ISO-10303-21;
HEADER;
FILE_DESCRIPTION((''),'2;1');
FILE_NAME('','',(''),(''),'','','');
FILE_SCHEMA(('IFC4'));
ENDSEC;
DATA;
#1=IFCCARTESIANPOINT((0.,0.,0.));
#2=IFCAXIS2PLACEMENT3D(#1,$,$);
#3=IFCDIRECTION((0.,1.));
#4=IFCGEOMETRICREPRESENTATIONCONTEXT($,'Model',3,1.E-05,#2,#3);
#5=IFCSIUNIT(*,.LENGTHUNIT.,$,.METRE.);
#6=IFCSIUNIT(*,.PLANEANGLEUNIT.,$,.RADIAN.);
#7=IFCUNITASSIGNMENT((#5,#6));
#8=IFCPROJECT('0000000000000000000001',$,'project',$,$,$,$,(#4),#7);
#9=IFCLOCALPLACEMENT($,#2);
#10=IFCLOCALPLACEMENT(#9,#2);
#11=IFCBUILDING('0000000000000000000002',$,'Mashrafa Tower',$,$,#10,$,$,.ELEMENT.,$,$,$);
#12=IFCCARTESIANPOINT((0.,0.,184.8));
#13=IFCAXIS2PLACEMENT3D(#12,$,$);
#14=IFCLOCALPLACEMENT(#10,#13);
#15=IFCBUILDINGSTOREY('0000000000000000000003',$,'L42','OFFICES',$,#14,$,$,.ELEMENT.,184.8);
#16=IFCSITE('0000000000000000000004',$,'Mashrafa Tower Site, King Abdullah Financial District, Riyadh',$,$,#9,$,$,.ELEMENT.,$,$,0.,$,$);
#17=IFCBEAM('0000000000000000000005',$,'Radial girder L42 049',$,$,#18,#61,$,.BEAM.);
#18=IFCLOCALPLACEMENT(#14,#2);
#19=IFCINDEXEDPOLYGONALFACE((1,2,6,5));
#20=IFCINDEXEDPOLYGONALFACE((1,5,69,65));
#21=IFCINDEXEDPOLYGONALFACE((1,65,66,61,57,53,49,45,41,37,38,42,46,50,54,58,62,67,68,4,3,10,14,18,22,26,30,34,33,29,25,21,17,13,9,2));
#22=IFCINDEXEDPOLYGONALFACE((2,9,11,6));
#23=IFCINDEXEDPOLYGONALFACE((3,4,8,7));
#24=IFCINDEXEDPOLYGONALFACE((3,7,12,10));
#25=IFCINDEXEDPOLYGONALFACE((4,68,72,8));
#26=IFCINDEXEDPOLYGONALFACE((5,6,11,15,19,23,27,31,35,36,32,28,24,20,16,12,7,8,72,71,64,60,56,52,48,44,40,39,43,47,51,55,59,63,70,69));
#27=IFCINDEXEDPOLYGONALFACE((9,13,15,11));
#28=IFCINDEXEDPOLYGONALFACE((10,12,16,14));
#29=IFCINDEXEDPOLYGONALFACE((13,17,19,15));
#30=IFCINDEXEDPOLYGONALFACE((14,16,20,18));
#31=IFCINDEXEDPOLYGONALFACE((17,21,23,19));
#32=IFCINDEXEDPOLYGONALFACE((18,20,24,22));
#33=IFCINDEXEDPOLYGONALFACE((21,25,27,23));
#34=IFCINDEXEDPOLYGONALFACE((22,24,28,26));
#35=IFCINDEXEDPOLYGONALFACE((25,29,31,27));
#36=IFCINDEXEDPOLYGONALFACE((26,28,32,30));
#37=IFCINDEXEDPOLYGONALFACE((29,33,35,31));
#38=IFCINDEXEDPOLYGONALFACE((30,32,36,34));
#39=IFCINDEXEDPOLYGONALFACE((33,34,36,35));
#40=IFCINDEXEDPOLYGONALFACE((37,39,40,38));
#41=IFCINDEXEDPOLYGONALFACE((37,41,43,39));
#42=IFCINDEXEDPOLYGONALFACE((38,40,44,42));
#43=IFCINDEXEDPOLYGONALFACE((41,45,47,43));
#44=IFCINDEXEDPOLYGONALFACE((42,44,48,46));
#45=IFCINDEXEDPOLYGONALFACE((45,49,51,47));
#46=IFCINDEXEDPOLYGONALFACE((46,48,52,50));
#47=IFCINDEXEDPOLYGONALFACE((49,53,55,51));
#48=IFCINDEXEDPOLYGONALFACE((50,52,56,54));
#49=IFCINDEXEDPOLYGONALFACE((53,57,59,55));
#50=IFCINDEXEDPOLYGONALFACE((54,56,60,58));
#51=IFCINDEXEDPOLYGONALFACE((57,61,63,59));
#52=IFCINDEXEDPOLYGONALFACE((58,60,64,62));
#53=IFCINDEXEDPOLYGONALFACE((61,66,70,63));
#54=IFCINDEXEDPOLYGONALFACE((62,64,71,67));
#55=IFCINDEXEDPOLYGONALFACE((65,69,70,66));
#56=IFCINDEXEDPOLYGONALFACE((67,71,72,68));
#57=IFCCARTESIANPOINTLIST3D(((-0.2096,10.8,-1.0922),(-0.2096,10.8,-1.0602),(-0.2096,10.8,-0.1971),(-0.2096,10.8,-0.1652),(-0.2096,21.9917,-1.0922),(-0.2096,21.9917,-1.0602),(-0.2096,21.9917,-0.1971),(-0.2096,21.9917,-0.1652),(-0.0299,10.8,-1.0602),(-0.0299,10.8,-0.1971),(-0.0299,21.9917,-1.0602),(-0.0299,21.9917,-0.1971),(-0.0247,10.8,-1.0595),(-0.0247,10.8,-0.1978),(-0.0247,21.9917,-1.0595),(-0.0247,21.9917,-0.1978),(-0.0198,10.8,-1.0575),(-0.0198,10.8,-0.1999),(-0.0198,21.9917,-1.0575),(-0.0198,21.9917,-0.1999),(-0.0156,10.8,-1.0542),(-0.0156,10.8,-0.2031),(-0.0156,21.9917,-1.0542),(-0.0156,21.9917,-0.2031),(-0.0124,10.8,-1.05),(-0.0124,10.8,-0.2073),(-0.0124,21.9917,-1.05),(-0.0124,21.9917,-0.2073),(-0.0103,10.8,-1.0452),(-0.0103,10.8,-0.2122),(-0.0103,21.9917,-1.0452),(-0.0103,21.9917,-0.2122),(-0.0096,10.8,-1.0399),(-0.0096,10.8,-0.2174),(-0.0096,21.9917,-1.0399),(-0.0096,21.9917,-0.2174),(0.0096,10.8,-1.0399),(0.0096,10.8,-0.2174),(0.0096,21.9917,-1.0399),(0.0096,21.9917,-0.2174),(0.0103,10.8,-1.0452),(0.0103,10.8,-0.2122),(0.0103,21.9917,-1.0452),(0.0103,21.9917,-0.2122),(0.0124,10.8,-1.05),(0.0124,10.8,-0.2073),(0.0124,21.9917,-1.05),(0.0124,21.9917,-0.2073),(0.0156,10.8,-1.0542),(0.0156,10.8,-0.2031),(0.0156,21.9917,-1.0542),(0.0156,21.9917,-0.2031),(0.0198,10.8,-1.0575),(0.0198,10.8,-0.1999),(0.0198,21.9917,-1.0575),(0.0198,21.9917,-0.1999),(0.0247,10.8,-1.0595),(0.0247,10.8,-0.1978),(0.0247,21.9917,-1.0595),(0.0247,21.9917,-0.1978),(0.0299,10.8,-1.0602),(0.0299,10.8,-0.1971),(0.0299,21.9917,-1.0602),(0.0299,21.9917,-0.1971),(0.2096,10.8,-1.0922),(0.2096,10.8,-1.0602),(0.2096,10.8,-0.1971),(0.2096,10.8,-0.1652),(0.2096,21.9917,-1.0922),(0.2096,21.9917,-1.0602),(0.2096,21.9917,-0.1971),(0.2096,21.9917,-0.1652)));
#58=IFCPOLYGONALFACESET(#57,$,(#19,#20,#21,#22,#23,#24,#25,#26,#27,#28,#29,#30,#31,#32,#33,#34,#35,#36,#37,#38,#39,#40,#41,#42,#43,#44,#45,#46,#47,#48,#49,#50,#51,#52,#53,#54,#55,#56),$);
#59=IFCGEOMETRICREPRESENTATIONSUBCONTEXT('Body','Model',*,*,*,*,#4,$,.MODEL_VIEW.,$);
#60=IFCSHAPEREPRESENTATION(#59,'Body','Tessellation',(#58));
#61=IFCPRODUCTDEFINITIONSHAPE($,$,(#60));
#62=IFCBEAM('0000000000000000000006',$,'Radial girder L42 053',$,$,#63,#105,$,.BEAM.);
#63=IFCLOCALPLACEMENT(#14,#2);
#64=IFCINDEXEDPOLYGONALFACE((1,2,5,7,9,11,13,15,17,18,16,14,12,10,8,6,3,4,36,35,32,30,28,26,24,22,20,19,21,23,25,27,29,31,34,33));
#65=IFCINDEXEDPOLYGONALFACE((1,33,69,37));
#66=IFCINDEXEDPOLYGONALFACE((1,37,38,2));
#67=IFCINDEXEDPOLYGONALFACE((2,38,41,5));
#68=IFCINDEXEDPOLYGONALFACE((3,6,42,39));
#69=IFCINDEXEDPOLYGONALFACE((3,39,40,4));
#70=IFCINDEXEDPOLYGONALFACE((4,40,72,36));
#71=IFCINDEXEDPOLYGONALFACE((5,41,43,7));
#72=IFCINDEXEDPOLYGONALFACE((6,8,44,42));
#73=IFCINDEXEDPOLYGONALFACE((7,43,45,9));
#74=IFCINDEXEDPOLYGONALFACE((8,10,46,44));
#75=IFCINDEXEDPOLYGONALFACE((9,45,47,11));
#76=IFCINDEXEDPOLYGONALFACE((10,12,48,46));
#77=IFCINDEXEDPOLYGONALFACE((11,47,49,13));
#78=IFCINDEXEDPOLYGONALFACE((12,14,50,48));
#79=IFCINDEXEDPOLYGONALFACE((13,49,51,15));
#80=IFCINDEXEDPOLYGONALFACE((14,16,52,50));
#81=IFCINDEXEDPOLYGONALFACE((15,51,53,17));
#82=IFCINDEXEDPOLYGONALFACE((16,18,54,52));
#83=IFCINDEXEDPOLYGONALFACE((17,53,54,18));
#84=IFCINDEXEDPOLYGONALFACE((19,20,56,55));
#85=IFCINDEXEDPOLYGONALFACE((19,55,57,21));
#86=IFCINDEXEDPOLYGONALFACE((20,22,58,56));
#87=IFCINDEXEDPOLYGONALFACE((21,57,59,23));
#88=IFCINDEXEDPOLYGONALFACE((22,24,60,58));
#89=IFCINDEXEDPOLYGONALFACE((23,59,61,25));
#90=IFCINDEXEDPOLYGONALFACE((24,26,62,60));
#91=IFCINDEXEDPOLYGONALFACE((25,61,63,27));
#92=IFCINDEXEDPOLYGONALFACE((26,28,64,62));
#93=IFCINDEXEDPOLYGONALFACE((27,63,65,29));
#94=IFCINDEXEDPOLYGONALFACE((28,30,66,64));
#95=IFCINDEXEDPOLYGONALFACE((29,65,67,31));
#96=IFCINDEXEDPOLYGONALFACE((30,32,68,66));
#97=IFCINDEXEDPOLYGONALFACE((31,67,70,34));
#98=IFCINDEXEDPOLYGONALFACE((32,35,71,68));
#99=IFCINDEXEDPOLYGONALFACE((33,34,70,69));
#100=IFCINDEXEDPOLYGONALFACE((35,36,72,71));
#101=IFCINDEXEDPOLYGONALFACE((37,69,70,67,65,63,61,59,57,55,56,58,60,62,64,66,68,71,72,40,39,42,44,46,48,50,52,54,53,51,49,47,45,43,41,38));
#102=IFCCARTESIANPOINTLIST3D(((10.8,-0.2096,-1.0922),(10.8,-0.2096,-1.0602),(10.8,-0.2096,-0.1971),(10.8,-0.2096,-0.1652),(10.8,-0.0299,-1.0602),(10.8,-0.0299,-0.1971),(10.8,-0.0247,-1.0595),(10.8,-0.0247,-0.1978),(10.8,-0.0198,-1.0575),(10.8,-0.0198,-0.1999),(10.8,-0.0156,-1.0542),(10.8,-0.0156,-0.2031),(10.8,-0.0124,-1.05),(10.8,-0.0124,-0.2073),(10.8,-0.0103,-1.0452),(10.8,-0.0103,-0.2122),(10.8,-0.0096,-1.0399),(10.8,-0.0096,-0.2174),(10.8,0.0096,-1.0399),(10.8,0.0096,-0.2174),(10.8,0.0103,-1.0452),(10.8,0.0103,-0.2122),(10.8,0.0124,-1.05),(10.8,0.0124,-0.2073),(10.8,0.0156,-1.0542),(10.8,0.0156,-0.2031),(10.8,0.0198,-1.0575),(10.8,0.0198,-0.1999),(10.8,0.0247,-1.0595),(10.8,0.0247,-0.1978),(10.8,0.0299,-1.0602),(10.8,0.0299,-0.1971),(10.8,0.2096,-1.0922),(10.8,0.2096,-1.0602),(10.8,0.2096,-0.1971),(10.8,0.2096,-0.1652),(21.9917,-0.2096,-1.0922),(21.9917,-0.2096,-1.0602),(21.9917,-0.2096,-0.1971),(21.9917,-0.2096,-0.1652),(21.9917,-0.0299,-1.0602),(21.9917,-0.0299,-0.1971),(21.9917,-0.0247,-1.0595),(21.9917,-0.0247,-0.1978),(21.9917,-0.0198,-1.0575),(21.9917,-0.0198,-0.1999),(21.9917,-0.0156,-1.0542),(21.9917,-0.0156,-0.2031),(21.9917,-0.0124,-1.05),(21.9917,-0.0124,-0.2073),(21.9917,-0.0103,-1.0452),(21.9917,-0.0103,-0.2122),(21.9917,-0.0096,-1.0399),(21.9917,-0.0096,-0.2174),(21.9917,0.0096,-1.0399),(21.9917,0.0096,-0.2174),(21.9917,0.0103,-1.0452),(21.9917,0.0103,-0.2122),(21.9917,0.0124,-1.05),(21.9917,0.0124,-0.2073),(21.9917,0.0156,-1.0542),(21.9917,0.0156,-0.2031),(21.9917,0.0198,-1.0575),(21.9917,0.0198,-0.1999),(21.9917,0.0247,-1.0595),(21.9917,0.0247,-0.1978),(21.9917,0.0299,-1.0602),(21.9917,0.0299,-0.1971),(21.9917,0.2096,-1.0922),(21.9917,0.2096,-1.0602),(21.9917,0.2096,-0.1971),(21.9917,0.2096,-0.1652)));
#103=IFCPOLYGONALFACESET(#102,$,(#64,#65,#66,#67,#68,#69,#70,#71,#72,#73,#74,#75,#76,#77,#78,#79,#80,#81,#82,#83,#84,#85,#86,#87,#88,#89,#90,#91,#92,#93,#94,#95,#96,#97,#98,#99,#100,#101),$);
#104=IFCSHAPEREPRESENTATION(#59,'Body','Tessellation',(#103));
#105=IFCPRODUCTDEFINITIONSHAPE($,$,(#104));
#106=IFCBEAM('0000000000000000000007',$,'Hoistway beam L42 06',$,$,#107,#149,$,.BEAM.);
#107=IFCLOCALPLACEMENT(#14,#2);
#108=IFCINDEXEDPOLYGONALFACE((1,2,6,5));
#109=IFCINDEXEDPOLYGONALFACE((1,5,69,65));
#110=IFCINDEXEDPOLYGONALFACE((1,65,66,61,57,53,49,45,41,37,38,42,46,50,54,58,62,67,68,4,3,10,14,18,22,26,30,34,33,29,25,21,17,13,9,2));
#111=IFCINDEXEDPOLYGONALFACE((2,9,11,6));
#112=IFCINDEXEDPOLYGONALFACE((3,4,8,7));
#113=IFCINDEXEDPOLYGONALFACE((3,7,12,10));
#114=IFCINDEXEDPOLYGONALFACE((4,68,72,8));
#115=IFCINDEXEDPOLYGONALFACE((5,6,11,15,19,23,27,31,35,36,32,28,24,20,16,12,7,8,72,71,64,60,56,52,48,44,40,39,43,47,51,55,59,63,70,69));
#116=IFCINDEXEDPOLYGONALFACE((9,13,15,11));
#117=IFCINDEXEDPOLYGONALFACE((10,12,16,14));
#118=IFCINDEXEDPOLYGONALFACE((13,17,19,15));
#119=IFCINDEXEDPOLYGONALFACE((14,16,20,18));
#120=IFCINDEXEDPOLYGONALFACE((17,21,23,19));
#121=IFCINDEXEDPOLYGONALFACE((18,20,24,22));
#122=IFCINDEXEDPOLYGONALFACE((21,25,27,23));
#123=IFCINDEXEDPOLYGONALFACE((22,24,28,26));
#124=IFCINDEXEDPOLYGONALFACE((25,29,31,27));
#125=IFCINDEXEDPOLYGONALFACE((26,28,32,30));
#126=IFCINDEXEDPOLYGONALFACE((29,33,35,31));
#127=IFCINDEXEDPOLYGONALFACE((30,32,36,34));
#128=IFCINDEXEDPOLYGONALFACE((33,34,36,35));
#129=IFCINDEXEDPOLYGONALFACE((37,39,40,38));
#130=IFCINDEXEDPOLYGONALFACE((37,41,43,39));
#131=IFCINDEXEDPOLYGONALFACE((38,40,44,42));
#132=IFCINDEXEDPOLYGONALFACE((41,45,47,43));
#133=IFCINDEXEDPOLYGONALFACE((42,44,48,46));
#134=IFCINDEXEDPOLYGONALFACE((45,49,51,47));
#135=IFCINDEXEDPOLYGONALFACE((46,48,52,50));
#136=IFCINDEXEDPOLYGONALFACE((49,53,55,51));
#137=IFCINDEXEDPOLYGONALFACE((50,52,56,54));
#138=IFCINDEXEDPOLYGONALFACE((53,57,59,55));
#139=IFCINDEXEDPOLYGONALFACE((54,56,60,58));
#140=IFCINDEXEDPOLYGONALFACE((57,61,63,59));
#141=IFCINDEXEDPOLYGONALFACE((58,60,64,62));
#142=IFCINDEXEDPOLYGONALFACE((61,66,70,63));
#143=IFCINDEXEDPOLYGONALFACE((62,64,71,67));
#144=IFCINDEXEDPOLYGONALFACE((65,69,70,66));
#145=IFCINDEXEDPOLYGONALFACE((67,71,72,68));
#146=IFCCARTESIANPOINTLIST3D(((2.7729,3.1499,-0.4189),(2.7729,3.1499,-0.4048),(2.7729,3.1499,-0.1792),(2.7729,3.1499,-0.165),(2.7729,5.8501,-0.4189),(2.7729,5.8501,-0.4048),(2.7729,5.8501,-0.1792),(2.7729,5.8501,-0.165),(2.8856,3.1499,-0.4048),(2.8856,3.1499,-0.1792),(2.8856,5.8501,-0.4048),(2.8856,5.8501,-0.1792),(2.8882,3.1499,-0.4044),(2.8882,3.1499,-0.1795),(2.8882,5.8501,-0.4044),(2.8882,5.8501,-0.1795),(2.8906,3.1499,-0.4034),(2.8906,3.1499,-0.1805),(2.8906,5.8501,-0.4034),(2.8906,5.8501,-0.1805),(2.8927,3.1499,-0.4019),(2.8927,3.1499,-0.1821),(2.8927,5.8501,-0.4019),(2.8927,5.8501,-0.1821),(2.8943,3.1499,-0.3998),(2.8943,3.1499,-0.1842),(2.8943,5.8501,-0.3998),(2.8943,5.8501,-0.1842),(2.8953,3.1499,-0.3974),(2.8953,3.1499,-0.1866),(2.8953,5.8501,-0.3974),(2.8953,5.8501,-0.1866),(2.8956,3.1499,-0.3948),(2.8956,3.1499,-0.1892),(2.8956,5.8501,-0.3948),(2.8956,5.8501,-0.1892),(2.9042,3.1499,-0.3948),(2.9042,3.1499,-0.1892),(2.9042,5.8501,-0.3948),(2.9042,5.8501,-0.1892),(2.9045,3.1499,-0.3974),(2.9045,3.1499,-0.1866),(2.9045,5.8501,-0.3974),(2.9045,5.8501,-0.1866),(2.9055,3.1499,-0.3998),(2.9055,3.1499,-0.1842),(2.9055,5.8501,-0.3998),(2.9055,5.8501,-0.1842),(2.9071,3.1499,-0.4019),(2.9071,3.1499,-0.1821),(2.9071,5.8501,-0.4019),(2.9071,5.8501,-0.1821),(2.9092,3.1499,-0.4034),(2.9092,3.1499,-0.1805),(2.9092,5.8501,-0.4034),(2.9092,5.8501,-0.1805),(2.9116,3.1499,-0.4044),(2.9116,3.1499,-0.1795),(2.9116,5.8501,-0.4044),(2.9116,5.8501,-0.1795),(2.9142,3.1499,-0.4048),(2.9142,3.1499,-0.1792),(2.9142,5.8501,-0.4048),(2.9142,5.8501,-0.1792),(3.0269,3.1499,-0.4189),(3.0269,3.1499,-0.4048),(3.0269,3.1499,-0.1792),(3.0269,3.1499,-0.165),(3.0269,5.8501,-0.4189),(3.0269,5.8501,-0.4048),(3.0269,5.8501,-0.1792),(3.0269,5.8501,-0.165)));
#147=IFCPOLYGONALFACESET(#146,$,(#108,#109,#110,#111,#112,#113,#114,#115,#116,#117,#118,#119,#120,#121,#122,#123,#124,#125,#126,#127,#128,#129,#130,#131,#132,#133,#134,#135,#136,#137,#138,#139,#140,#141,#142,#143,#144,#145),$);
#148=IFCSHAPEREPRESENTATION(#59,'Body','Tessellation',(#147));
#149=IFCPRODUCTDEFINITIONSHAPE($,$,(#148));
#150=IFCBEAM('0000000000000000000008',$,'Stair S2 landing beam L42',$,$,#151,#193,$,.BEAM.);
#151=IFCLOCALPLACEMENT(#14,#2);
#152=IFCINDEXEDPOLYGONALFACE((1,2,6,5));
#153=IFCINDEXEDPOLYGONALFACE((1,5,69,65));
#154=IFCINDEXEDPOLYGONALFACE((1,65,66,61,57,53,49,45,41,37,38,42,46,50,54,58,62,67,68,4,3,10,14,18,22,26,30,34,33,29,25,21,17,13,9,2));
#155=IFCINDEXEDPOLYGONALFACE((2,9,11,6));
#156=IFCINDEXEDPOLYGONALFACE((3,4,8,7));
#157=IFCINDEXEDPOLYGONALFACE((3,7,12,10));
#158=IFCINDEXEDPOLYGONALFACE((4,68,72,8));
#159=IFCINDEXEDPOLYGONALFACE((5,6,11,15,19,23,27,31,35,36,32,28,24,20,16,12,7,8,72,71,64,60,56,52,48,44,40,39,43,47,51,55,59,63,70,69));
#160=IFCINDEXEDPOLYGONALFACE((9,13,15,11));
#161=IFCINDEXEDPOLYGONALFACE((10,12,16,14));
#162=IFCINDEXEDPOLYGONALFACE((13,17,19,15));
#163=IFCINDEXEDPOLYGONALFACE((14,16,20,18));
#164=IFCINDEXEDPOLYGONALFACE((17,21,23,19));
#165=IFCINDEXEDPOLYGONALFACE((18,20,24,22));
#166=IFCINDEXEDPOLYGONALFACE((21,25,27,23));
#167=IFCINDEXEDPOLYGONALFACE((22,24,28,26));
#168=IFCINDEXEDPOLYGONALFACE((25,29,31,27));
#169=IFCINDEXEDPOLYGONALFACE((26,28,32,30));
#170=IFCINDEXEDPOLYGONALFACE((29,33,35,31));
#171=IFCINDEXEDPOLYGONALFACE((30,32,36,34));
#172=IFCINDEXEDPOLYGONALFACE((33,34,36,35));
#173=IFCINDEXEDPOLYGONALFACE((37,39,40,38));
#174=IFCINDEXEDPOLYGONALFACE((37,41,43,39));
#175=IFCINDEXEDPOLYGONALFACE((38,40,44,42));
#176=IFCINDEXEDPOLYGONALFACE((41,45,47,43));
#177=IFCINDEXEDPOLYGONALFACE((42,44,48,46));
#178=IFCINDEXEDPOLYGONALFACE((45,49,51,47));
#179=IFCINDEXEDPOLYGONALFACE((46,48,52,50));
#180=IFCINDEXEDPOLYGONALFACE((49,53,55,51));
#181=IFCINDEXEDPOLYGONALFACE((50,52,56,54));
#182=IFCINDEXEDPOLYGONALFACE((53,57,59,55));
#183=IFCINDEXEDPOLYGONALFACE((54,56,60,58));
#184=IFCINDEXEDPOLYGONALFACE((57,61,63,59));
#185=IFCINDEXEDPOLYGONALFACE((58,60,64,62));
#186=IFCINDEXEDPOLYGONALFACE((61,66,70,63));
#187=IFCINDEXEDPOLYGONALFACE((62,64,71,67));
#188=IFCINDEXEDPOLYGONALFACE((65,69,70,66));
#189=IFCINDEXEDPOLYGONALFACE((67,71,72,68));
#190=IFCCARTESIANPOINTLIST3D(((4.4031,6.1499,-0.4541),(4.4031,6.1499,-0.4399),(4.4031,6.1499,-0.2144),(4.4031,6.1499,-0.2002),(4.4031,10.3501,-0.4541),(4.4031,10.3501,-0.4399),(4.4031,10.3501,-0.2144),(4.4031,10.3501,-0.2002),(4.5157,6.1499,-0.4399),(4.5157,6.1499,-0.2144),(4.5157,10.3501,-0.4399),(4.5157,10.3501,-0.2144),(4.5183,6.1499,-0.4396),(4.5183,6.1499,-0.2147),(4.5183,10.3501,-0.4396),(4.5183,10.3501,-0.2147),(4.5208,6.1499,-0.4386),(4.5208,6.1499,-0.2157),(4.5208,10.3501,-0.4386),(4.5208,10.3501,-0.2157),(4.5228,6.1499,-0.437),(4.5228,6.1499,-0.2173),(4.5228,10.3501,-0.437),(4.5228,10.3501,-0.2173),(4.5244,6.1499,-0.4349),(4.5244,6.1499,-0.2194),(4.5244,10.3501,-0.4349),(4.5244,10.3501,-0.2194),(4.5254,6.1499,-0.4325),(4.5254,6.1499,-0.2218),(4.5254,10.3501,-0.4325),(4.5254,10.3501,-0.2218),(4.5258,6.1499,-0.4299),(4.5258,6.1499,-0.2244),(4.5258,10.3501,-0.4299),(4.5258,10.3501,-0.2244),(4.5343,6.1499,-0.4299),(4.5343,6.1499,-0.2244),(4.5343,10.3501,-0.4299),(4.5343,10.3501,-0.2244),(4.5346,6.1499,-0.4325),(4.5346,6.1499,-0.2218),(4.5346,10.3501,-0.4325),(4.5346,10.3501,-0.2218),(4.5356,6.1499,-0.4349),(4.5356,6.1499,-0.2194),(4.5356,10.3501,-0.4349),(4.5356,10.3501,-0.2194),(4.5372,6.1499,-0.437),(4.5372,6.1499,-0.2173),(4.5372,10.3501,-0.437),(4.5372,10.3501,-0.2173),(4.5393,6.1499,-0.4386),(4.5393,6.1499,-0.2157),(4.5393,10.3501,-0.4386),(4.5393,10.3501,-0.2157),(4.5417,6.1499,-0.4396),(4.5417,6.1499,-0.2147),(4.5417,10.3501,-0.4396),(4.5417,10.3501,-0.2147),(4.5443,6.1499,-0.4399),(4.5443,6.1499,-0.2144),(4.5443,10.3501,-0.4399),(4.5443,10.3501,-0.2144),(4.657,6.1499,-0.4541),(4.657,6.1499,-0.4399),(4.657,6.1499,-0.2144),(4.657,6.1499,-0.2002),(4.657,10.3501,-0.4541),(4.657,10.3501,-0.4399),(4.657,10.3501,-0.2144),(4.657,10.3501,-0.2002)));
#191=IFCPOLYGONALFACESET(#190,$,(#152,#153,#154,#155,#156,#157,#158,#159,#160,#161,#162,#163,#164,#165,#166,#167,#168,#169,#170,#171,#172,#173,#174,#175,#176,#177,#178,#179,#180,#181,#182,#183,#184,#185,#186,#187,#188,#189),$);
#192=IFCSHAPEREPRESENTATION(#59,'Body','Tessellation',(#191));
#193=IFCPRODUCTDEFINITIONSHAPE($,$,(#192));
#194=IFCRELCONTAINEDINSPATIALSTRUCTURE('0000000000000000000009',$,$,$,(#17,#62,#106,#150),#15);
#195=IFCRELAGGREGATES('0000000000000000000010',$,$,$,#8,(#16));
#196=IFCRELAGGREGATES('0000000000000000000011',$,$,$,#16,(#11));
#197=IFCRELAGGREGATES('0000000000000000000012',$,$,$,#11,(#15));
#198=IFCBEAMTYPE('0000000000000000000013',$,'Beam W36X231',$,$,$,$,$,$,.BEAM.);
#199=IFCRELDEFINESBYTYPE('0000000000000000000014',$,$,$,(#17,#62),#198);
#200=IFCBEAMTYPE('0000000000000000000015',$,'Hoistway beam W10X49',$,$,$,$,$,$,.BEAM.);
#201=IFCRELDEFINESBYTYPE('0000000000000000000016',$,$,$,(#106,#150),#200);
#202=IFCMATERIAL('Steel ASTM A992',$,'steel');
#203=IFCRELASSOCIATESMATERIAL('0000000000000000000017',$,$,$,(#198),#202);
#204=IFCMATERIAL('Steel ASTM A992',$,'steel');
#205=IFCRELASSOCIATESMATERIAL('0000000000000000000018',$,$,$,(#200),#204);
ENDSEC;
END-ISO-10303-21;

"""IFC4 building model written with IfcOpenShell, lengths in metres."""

from ifc_helpers import new_model, si_unit, direction, frame, origin, origin_2d, place, context, subcontext, project, spatial, i_section, extrude, material, material_profile, profile_set, type_object, element, save


model = new_model("IFC4")

# Units and contexts
model_context = context("Model", 3, precision=1e-05, world=origin(), true_north=direction((0.0, 1.0)))
body_context = subcontext(model_context, "Body", "Model", "MODEL_VIEW")
ifc_project = project(units=[si_unit("LENGTHUNIT", "METRE"), si_unit("PLANEANGLEUNIT", "RADIAN")], contexts=[model_context])

# Site, building, storey
site_placement = place(None, origin())
site = spatial("IfcSite", under=ifc_project, at=site_placement, Name="Mashrafa Tower Site, King Abdullah Financial District, Riyadh", CompositionType="ELEMENT", RefElevation=0.0)
building_placement = place(site_placement, origin())
building = spatial("IfcBuilding", under=site, at=building_placement, Name="Mashrafa Tower", CompositionType="ELEMENT")
storey_placement = place(building_placement, frame((0.0, 0.0, 184.8)))
storey = spatial("IfcBuildingStorey", under=building, at=storey_placement, Name="L42", Description="OFFICES", CompositionType="ELEMENT", Elevation=184.8)

# Beams
ifc_material_1 = material(Name="Steel ASTM A992", Category="steel")
ifc_material_profile_1 = material_profile(ifc_material_1, i_section(OverallWidth=0.4192, OverallDepth=0.927, WebThickness=0.0193, FlangeThickness=0.032, FilletRadius=0.0203, at=origin_2d()), Name="W36X231")
ifc_profile_set_1 = profile_set([ifc_material_profile_1], Name="Steel ASTM A992")
beam_type_1 = type_object("IfcBeamType", Name="Beam W36X231", PredefinedType="BEAM", material=ifc_profile_set_1)
for number, where, z_axis, x_axis, name in (
    (1, (0.0, 10.8, -0.6287), (0.0, 1.0, 0.0), (-1.0, 0.0, 0.0), "Radial girder L42 049"),
    (2, (10.8, 0.0, -0.6287), (1.0, 0.0, 0.0), (0.0, 1.0, 0.0), "Radial girder L42 053"),
):
    element("IfcBeam", number, at=place(storey_placement, frame(where, z_axis=z_axis, x_axis=x_axis)), inside=storey, type_object=beam_type_1, Name=name, PredefinedType="BEAM", context=body_context, shape_type="SweptSolid", body=[
        extrude(i_section(OverallWidth=0.4192, OverallDepth=0.927, WebThickness=0.0193, FlangeThickness=0.032, FilletRadius=0.0203, at=origin_2d()), origin(), (0.0, 0.0, 1.0), 11.1917),
    ])
ifc_material_2 = material(Name="Steel ASTM A992", Category="steel")
ifc_material_profile_2 = material_profile(ifc_material_2, i_section(OverallWidth=0.2539, OverallDepth=0.2539, WebThickness=0.0085, FlangeThickness=0.0142, FilletRadius=0.01, at=origin_2d()), Name="W10X49")
ifc_profile_set_2 = profile_set([ifc_material_profile_2], Name="Steel ASTM A992")
beam_type_2 = type_object("IfcBeamType", Name="Hoistway beam W10X49", PredefinedType="BEAM", material=ifc_profile_set_2)
beam_1_placement = place(storey_placement, frame((2.8999, 3.1499, -0.292), z_axis=(0.0, 1.0, 0.0), x_axis=(-1.0, 0.0, 0.0)))
element("IfcBeam", 3, at=beam_1_placement, inside=storey, type_object=beam_type_2, Name="Hoistway beam L42 06", PredefinedType="BEAM", context=body_context, shape_type="SweptSolid", body=[
    extrude(i_section(OverallWidth=0.2539, OverallDepth=0.2539, WebThickness=0.0085, FlangeThickness=0.0142, FilletRadius=0.01, at=origin_2d()), origin(), (0.0, 0.0, 1.0), 2.7002),
])
beam_2_placement = place(storey_placement, frame((4.53, 6.1499, -0.3271), z_axis=(0.0, 1.0, 0.0), x_axis=(-1.0, 0.0, 0.0)))
element("IfcBeam", 4, at=beam_2_placement, inside=storey, type_object=beam_type_2, Name="Stair S2 landing beam L42", PredefinedType="BEAM", context=body_context, shape_type="SweptSolid", body=[
    extrude(i_section(OverallWidth=0.2539, OverallDepth=0.2539, WebThickness=0.0085, FlangeThickness=0.0142, FilletRadius=0.01, at=origin_2d()), origin(), (0.0, 0.0, 1.0), 4.2002),
])

save(model, "model.ifc")
